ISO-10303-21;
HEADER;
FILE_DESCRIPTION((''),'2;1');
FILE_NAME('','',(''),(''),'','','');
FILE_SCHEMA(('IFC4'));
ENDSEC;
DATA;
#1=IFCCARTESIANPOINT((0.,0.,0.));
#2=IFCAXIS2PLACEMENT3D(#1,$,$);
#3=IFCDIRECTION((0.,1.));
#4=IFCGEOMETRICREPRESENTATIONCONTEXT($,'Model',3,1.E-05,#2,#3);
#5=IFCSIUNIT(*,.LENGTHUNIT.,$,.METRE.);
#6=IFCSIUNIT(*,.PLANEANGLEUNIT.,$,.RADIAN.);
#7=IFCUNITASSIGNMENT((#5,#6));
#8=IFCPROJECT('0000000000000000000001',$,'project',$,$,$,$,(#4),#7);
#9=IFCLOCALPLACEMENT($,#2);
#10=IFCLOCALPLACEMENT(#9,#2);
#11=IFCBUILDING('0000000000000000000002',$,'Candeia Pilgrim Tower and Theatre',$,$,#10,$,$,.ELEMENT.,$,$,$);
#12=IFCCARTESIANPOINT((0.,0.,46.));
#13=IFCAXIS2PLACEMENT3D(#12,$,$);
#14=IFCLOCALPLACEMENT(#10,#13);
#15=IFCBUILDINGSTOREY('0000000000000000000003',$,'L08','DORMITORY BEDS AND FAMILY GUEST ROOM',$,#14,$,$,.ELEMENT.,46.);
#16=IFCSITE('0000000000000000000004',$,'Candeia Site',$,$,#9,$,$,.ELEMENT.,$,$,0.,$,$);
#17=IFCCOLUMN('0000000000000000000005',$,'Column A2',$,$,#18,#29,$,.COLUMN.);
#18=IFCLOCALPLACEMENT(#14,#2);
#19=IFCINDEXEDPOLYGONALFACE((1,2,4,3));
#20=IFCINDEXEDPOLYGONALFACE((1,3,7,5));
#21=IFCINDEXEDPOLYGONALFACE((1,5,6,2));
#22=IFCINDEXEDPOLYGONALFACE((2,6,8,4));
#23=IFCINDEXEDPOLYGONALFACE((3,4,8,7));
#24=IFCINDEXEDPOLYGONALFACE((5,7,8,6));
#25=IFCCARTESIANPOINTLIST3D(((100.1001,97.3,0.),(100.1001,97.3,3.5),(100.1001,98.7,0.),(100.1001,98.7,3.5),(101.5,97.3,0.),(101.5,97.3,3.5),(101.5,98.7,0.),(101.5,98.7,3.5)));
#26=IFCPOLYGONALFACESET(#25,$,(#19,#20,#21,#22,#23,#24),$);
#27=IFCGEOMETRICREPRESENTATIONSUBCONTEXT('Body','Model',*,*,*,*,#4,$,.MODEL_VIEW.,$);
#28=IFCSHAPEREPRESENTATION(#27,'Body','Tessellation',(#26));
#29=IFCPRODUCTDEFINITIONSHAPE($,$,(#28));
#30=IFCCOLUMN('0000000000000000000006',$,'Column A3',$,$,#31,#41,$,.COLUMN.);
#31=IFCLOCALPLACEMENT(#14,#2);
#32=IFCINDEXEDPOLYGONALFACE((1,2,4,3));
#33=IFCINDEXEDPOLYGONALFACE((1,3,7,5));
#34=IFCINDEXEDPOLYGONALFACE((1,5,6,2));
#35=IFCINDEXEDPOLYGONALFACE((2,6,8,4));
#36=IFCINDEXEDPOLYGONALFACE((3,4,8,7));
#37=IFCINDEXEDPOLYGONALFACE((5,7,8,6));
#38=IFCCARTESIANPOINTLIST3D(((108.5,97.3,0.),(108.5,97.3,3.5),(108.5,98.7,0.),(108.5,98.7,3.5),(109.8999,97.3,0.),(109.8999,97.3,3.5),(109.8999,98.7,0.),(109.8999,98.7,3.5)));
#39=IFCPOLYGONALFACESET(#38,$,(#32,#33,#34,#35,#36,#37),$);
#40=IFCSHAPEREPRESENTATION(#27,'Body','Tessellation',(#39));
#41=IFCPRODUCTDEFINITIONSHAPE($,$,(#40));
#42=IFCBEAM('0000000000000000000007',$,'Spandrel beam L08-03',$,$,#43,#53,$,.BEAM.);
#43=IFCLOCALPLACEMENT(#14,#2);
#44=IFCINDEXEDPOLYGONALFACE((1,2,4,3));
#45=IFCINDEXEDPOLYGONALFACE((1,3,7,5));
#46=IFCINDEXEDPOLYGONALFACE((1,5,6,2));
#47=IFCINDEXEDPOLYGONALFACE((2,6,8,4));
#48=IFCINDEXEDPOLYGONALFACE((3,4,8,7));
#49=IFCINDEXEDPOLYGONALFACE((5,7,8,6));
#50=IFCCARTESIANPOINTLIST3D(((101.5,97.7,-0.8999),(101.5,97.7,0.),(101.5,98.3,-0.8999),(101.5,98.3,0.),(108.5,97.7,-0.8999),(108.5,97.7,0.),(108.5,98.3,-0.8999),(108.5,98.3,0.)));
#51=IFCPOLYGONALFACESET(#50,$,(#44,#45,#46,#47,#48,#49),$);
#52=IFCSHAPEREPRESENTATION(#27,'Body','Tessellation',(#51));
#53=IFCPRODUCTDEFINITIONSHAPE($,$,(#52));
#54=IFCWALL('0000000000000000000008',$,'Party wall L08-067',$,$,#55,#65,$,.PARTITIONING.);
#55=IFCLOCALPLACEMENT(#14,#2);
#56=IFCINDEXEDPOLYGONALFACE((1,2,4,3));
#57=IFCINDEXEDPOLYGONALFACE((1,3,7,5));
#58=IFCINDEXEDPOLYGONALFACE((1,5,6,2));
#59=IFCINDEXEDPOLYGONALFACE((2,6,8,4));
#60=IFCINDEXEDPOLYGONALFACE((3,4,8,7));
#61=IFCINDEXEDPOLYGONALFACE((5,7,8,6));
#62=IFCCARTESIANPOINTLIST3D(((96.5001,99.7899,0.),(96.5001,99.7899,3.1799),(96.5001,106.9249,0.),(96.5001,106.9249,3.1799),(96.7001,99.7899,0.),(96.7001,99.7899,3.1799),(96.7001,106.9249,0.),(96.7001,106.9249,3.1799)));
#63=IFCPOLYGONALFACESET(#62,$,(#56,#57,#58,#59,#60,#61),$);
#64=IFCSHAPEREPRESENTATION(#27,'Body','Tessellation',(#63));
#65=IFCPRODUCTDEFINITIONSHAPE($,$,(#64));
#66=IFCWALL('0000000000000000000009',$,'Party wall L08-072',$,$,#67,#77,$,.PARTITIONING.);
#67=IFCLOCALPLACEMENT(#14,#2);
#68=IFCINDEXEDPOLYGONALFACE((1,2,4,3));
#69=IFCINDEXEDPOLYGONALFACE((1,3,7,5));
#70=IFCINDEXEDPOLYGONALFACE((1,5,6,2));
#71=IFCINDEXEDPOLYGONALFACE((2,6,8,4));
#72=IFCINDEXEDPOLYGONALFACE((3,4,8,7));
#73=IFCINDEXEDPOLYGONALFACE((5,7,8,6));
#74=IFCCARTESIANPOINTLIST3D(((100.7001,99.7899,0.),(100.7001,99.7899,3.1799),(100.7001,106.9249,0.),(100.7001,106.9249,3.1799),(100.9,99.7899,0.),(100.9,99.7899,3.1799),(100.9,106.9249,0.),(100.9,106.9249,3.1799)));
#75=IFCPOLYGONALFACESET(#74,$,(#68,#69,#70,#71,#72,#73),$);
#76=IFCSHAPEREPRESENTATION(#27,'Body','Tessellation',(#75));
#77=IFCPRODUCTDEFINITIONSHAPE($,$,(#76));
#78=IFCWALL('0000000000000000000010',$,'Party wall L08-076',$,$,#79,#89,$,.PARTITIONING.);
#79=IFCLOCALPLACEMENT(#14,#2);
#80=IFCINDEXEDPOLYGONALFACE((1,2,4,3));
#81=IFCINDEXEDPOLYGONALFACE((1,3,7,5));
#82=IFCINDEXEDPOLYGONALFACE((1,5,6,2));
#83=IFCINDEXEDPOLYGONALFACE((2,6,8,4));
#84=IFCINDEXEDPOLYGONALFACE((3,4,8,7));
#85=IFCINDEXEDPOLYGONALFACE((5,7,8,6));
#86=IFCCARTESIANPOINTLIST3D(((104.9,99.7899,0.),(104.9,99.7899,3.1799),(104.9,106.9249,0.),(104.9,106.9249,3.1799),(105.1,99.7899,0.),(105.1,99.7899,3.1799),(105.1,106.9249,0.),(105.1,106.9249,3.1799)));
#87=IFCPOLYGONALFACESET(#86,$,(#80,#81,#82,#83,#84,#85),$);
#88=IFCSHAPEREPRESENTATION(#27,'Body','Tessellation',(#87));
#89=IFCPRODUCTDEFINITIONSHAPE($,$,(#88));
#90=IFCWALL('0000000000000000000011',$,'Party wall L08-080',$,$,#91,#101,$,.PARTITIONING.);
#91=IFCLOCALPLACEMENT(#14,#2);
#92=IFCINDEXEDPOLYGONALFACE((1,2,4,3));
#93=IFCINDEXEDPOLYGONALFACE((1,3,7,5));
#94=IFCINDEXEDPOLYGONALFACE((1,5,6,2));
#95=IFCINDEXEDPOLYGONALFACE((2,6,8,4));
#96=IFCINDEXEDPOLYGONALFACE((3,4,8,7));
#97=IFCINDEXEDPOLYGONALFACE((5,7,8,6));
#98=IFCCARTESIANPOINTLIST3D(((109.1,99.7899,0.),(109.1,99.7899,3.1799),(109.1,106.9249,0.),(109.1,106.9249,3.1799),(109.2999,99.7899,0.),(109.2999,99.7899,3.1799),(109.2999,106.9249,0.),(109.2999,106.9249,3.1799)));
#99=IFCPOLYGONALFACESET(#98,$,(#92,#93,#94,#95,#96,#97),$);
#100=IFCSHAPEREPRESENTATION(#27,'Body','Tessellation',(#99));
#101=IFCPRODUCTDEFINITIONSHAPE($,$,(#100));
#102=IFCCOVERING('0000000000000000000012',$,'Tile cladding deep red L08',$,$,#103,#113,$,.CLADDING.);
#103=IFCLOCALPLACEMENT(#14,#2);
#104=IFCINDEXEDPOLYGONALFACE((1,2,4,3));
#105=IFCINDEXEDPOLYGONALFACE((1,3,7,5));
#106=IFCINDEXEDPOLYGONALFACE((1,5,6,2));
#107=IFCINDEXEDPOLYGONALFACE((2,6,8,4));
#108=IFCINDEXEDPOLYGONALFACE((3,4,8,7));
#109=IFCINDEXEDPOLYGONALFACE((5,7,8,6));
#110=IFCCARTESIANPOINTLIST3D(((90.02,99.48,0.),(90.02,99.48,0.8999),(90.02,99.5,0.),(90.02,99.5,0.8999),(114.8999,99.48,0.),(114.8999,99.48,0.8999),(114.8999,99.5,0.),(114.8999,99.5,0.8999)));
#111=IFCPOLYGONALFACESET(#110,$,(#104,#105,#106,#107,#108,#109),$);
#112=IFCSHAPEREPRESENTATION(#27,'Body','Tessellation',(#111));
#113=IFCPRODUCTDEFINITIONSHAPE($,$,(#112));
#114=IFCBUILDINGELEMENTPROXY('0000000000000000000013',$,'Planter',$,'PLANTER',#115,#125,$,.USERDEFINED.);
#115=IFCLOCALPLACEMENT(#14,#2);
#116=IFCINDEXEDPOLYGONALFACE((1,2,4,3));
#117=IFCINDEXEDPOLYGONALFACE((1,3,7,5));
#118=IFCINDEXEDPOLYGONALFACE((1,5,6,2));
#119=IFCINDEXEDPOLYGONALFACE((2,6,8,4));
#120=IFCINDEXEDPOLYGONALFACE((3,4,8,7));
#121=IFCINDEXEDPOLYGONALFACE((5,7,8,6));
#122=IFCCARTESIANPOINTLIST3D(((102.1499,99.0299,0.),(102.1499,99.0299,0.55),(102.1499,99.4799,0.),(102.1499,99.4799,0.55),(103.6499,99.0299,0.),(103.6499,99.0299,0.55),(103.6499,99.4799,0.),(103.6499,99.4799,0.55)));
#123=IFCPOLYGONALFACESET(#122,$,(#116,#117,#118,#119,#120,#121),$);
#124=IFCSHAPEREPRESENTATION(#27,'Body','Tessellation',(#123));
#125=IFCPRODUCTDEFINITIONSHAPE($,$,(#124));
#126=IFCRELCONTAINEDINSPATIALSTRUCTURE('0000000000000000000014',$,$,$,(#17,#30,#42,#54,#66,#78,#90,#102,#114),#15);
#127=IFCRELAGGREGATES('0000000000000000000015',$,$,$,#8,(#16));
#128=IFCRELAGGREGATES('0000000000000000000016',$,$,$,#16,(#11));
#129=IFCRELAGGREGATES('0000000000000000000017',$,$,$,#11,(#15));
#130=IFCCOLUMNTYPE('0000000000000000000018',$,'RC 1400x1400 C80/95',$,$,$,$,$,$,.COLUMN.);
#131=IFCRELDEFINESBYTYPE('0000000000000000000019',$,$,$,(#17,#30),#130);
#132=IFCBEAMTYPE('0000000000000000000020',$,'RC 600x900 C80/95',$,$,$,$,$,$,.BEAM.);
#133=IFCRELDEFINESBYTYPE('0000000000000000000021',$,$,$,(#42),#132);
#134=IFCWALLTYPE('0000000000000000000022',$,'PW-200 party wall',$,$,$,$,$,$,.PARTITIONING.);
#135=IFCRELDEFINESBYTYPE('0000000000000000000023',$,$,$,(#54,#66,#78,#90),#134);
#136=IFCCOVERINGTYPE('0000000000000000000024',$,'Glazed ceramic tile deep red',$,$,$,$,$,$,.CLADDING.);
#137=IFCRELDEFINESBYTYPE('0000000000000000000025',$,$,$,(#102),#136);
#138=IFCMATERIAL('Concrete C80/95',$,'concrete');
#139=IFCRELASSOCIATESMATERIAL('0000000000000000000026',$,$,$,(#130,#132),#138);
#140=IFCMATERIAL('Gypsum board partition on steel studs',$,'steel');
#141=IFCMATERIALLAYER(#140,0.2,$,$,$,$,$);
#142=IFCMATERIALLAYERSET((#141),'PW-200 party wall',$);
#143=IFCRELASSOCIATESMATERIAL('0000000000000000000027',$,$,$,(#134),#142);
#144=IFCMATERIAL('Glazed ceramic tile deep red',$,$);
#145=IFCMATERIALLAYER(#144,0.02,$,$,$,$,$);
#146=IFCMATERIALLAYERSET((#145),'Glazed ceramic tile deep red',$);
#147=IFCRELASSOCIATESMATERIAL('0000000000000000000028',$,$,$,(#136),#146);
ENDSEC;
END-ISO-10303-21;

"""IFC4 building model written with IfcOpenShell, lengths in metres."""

from ifc_helpers import new_model, si_unit, direction, frame, frame_2d, origin, origin_2d, place, context, subcontext, project, spatial, rectangle, extrude, material, layer, layer_set, material_profile, profile_set, type_object, element, save


model = new_model("IFC4")

# Units and contexts
model_context = context("Model", 3, precision=1e-05, world=origin(), true_north=direction((0.0, 1.0)))
body_context = subcontext(model_context, "Body", "Model", "MODEL_VIEW")
ifc_project = project(units=[si_unit("LENGTHUNIT", "METRE"), si_unit("PLANEANGLEUNIT", "RADIAN")], contexts=[model_context])

# Site, building, storey
site_placement = place(None, origin())
site = spatial("IfcSite", under=ifc_project, at=site_placement, Name="Candeia Site", CompositionType="ELEMENT", RefElevation=0.0)
building_placement = place(site_placement, origin())
building = spatial("IfcBuilding", under=site, at=building_placement, Name="Candeia Pilgrim Tower and Theatre", CompositionType="ELEMENT")
storey_placement = place(building_placement, frame((0.0, 0.0, 46.0)))
storey = spatial("IfcBuildingStorey", under=building, at=storey_placement, Name="L08", Description="DORMITORY BEDS AND FAMILY GUEST ROOM", CompositionType="ELEMENT", Elevation=46.0)

# Columns
ifc_material_1 = material(Name="Concrete C80/95", Category="concrete")
ifc_material_profile_1 = material_profile(ifc_material_1, rectangle(XDim=1.3999, YDim=1.3999, at=origin_2d()))
ifc_profile_set_1 = profile_set([ifc_material_profile_1], Name="Concrete C80/95")
column_type = type_object("IfcColumnType", Name="RC 1400x1400 C80/95", PredefinedType="COLUMN", material=ifc_profile_set_1)
for number, where, z_axis, x_axis, name in (
    (1, (100.8, 98.0, 0.0), (0.0, 0.0, 1.0), (1.0, 0.0, 0.0), "Column A2"),
    (2, (109.2, 98.0, 0.0), (0.0, 0.0, 1.0), (1.0, 0.0, 0.0), "Column A3"),
):
    element("IfcColumn", number, at=place(storey_placement, frame(where, z_axis=z_axis, x_axis=x_axis)), inside=storey, type_object=column_type, Name=name, PredefinedType="COLUMN", context=body_context, shape_type="SweptSolid", body=[
        extrude(rectangle(XDim=1.3999, YDim=1.3999, at=origin_2d()), origin(), (0.0, 0.0, 1.0), 3.5),
    ])

# Beam
ifc_material_profile_2 = material_profile(ifc_material_1, rectangle(XDim=0.6001, YDim=0.8999, at=origin_2d()))
ifc_profile_set_2 = profile_set([ifc_material_profile_2], Name="Concrete C80/95")
beam_type = type_object("IfcBeamType", Name="RC 600x900 C80/95", PredefinedType="BEAM", material=ifc_profile_set_2)
beam_placement = place(storey_placement, frame((101.5, 98.0, -0.45), z_axis=(1.0, 0.0, 0.0), x_axis=(0.0, 1.0, 0.0)))
element("IfcBeam", 3, at=beam_placement, inside=storey, type_object=beam_type, Name="Spandrel beam L08-03", PredefinedType="BEAM", context=body_context, shape_type="SweptSolid", body=[
    extrude(rectangle(XDim=0.6001, YDim=0.8999, at=origin_2d()), origin(), (0.0, 0.0, 1.0), 7.0),
])

# Walls
ifc_material_2 = material(Name="Gypsum board partition on steel studs", Category="steel")
ifc_layer_1 = layer(ifc_material_2, 0.2)
ifc_layer_set_1 = layer_set([ifc_layer_1], Name="PW-200 party wall")
wall_type = type_object("IfcWallType", Name="PW-200 party wall", PredefinedType="PARTITIONING", material=ifc_layer_set_1)
for number, where, z_axis, x_axis, name in (
    (4, (96.6001, 99.79, 0.0), (0.0, 0.0, 1.0), (0.0, 1.0, 0.0), "Party wall L08-067"),
    (5, (100.8, 99.79, 0.0), (0.0, 0.0, 1.0), (0.0, 1.0, 0.0), "Party wall L08-072"),
    (6, (105.0, 99.79, 0.0), (0.0, 0.0, 1.0), (0.0, 1.0, 0.0), "Party wall L08-076"),
    (7, (109.2, 99.79, 0.0), (0.0, 0.0, 1.0), (0.0, 1.0, 0.0), "Party wall L08-080"),
):
    element("IfcWall", number, at=place(storey_placement, frame(where, z_axis=z_axis, x_axis=x_axis)), inside=storey, type_object=wall_type, Name=name, PredefinedType="PARTITIONING", context=body_context, shape_type="SweptSolid", body=[
        extrude(rectangle(XDim=7.135, YDim=0.2, at=frame_2d((3.5674, 0.0))), origin(), (0.0, 0.0, 1.0), 3.1799),
    ])

# Covering
ifc_material_3 = material(Name="Glazed ceramic tile deep red")
ifc_layer_2 = layer(ifc_material_3, 0.02)
ifc_layer_set_2 = layer_set([ifc_layer_2], Name="Glazed ceramic tile deep red")
covering_type = type_object("IfcCoveringType", Name="Glazed ceramic tile deep red", PredefinedType="CLADDING", material=ifc_layer_set_2)
covering_placement = place(storey_placement, frame((102.46, 99.49, 0.0), z_axis=(0.0, 0.0, 1.0), x_axis=(1.0, 0.0, 0.0)))
element("IfcCovering", 8, at=covering_placement, inside=storey, type_object=covering_type, Name="Tile cladding deep red L08", PredefinedType="CLADDING", context=body_context, shape_type="SweptSolid", body=[
    extrude(rectangle(XDim=24.8799, YDim=0.02, at=origin_2d()), origin(), (0.0, 0.0, 1.0), 0.8999),
])

# Building element proxy
proxy_placement = place(storey_placement, frame((102.8999, 99.2549, 0.0), z_axis=(0.0, 0.0, 1.0), x_axis=(1.0, 0.0, 0.0)))
element("IfcBuildingElementProxy", 9, at=proxy_placement, inside=storey, Name="Planter", ObjectType="PLANTER", PredefinedType="USERDEFINED", context=body_context, shape_type="SweptSolid", body=[
    extrude(rectangle(XDim=1.5, YDim=0.45, at=origin_2d()), origin(), (0.0, 0.0, 1.0), 0.55),
])

save(model, "model.ifc")
